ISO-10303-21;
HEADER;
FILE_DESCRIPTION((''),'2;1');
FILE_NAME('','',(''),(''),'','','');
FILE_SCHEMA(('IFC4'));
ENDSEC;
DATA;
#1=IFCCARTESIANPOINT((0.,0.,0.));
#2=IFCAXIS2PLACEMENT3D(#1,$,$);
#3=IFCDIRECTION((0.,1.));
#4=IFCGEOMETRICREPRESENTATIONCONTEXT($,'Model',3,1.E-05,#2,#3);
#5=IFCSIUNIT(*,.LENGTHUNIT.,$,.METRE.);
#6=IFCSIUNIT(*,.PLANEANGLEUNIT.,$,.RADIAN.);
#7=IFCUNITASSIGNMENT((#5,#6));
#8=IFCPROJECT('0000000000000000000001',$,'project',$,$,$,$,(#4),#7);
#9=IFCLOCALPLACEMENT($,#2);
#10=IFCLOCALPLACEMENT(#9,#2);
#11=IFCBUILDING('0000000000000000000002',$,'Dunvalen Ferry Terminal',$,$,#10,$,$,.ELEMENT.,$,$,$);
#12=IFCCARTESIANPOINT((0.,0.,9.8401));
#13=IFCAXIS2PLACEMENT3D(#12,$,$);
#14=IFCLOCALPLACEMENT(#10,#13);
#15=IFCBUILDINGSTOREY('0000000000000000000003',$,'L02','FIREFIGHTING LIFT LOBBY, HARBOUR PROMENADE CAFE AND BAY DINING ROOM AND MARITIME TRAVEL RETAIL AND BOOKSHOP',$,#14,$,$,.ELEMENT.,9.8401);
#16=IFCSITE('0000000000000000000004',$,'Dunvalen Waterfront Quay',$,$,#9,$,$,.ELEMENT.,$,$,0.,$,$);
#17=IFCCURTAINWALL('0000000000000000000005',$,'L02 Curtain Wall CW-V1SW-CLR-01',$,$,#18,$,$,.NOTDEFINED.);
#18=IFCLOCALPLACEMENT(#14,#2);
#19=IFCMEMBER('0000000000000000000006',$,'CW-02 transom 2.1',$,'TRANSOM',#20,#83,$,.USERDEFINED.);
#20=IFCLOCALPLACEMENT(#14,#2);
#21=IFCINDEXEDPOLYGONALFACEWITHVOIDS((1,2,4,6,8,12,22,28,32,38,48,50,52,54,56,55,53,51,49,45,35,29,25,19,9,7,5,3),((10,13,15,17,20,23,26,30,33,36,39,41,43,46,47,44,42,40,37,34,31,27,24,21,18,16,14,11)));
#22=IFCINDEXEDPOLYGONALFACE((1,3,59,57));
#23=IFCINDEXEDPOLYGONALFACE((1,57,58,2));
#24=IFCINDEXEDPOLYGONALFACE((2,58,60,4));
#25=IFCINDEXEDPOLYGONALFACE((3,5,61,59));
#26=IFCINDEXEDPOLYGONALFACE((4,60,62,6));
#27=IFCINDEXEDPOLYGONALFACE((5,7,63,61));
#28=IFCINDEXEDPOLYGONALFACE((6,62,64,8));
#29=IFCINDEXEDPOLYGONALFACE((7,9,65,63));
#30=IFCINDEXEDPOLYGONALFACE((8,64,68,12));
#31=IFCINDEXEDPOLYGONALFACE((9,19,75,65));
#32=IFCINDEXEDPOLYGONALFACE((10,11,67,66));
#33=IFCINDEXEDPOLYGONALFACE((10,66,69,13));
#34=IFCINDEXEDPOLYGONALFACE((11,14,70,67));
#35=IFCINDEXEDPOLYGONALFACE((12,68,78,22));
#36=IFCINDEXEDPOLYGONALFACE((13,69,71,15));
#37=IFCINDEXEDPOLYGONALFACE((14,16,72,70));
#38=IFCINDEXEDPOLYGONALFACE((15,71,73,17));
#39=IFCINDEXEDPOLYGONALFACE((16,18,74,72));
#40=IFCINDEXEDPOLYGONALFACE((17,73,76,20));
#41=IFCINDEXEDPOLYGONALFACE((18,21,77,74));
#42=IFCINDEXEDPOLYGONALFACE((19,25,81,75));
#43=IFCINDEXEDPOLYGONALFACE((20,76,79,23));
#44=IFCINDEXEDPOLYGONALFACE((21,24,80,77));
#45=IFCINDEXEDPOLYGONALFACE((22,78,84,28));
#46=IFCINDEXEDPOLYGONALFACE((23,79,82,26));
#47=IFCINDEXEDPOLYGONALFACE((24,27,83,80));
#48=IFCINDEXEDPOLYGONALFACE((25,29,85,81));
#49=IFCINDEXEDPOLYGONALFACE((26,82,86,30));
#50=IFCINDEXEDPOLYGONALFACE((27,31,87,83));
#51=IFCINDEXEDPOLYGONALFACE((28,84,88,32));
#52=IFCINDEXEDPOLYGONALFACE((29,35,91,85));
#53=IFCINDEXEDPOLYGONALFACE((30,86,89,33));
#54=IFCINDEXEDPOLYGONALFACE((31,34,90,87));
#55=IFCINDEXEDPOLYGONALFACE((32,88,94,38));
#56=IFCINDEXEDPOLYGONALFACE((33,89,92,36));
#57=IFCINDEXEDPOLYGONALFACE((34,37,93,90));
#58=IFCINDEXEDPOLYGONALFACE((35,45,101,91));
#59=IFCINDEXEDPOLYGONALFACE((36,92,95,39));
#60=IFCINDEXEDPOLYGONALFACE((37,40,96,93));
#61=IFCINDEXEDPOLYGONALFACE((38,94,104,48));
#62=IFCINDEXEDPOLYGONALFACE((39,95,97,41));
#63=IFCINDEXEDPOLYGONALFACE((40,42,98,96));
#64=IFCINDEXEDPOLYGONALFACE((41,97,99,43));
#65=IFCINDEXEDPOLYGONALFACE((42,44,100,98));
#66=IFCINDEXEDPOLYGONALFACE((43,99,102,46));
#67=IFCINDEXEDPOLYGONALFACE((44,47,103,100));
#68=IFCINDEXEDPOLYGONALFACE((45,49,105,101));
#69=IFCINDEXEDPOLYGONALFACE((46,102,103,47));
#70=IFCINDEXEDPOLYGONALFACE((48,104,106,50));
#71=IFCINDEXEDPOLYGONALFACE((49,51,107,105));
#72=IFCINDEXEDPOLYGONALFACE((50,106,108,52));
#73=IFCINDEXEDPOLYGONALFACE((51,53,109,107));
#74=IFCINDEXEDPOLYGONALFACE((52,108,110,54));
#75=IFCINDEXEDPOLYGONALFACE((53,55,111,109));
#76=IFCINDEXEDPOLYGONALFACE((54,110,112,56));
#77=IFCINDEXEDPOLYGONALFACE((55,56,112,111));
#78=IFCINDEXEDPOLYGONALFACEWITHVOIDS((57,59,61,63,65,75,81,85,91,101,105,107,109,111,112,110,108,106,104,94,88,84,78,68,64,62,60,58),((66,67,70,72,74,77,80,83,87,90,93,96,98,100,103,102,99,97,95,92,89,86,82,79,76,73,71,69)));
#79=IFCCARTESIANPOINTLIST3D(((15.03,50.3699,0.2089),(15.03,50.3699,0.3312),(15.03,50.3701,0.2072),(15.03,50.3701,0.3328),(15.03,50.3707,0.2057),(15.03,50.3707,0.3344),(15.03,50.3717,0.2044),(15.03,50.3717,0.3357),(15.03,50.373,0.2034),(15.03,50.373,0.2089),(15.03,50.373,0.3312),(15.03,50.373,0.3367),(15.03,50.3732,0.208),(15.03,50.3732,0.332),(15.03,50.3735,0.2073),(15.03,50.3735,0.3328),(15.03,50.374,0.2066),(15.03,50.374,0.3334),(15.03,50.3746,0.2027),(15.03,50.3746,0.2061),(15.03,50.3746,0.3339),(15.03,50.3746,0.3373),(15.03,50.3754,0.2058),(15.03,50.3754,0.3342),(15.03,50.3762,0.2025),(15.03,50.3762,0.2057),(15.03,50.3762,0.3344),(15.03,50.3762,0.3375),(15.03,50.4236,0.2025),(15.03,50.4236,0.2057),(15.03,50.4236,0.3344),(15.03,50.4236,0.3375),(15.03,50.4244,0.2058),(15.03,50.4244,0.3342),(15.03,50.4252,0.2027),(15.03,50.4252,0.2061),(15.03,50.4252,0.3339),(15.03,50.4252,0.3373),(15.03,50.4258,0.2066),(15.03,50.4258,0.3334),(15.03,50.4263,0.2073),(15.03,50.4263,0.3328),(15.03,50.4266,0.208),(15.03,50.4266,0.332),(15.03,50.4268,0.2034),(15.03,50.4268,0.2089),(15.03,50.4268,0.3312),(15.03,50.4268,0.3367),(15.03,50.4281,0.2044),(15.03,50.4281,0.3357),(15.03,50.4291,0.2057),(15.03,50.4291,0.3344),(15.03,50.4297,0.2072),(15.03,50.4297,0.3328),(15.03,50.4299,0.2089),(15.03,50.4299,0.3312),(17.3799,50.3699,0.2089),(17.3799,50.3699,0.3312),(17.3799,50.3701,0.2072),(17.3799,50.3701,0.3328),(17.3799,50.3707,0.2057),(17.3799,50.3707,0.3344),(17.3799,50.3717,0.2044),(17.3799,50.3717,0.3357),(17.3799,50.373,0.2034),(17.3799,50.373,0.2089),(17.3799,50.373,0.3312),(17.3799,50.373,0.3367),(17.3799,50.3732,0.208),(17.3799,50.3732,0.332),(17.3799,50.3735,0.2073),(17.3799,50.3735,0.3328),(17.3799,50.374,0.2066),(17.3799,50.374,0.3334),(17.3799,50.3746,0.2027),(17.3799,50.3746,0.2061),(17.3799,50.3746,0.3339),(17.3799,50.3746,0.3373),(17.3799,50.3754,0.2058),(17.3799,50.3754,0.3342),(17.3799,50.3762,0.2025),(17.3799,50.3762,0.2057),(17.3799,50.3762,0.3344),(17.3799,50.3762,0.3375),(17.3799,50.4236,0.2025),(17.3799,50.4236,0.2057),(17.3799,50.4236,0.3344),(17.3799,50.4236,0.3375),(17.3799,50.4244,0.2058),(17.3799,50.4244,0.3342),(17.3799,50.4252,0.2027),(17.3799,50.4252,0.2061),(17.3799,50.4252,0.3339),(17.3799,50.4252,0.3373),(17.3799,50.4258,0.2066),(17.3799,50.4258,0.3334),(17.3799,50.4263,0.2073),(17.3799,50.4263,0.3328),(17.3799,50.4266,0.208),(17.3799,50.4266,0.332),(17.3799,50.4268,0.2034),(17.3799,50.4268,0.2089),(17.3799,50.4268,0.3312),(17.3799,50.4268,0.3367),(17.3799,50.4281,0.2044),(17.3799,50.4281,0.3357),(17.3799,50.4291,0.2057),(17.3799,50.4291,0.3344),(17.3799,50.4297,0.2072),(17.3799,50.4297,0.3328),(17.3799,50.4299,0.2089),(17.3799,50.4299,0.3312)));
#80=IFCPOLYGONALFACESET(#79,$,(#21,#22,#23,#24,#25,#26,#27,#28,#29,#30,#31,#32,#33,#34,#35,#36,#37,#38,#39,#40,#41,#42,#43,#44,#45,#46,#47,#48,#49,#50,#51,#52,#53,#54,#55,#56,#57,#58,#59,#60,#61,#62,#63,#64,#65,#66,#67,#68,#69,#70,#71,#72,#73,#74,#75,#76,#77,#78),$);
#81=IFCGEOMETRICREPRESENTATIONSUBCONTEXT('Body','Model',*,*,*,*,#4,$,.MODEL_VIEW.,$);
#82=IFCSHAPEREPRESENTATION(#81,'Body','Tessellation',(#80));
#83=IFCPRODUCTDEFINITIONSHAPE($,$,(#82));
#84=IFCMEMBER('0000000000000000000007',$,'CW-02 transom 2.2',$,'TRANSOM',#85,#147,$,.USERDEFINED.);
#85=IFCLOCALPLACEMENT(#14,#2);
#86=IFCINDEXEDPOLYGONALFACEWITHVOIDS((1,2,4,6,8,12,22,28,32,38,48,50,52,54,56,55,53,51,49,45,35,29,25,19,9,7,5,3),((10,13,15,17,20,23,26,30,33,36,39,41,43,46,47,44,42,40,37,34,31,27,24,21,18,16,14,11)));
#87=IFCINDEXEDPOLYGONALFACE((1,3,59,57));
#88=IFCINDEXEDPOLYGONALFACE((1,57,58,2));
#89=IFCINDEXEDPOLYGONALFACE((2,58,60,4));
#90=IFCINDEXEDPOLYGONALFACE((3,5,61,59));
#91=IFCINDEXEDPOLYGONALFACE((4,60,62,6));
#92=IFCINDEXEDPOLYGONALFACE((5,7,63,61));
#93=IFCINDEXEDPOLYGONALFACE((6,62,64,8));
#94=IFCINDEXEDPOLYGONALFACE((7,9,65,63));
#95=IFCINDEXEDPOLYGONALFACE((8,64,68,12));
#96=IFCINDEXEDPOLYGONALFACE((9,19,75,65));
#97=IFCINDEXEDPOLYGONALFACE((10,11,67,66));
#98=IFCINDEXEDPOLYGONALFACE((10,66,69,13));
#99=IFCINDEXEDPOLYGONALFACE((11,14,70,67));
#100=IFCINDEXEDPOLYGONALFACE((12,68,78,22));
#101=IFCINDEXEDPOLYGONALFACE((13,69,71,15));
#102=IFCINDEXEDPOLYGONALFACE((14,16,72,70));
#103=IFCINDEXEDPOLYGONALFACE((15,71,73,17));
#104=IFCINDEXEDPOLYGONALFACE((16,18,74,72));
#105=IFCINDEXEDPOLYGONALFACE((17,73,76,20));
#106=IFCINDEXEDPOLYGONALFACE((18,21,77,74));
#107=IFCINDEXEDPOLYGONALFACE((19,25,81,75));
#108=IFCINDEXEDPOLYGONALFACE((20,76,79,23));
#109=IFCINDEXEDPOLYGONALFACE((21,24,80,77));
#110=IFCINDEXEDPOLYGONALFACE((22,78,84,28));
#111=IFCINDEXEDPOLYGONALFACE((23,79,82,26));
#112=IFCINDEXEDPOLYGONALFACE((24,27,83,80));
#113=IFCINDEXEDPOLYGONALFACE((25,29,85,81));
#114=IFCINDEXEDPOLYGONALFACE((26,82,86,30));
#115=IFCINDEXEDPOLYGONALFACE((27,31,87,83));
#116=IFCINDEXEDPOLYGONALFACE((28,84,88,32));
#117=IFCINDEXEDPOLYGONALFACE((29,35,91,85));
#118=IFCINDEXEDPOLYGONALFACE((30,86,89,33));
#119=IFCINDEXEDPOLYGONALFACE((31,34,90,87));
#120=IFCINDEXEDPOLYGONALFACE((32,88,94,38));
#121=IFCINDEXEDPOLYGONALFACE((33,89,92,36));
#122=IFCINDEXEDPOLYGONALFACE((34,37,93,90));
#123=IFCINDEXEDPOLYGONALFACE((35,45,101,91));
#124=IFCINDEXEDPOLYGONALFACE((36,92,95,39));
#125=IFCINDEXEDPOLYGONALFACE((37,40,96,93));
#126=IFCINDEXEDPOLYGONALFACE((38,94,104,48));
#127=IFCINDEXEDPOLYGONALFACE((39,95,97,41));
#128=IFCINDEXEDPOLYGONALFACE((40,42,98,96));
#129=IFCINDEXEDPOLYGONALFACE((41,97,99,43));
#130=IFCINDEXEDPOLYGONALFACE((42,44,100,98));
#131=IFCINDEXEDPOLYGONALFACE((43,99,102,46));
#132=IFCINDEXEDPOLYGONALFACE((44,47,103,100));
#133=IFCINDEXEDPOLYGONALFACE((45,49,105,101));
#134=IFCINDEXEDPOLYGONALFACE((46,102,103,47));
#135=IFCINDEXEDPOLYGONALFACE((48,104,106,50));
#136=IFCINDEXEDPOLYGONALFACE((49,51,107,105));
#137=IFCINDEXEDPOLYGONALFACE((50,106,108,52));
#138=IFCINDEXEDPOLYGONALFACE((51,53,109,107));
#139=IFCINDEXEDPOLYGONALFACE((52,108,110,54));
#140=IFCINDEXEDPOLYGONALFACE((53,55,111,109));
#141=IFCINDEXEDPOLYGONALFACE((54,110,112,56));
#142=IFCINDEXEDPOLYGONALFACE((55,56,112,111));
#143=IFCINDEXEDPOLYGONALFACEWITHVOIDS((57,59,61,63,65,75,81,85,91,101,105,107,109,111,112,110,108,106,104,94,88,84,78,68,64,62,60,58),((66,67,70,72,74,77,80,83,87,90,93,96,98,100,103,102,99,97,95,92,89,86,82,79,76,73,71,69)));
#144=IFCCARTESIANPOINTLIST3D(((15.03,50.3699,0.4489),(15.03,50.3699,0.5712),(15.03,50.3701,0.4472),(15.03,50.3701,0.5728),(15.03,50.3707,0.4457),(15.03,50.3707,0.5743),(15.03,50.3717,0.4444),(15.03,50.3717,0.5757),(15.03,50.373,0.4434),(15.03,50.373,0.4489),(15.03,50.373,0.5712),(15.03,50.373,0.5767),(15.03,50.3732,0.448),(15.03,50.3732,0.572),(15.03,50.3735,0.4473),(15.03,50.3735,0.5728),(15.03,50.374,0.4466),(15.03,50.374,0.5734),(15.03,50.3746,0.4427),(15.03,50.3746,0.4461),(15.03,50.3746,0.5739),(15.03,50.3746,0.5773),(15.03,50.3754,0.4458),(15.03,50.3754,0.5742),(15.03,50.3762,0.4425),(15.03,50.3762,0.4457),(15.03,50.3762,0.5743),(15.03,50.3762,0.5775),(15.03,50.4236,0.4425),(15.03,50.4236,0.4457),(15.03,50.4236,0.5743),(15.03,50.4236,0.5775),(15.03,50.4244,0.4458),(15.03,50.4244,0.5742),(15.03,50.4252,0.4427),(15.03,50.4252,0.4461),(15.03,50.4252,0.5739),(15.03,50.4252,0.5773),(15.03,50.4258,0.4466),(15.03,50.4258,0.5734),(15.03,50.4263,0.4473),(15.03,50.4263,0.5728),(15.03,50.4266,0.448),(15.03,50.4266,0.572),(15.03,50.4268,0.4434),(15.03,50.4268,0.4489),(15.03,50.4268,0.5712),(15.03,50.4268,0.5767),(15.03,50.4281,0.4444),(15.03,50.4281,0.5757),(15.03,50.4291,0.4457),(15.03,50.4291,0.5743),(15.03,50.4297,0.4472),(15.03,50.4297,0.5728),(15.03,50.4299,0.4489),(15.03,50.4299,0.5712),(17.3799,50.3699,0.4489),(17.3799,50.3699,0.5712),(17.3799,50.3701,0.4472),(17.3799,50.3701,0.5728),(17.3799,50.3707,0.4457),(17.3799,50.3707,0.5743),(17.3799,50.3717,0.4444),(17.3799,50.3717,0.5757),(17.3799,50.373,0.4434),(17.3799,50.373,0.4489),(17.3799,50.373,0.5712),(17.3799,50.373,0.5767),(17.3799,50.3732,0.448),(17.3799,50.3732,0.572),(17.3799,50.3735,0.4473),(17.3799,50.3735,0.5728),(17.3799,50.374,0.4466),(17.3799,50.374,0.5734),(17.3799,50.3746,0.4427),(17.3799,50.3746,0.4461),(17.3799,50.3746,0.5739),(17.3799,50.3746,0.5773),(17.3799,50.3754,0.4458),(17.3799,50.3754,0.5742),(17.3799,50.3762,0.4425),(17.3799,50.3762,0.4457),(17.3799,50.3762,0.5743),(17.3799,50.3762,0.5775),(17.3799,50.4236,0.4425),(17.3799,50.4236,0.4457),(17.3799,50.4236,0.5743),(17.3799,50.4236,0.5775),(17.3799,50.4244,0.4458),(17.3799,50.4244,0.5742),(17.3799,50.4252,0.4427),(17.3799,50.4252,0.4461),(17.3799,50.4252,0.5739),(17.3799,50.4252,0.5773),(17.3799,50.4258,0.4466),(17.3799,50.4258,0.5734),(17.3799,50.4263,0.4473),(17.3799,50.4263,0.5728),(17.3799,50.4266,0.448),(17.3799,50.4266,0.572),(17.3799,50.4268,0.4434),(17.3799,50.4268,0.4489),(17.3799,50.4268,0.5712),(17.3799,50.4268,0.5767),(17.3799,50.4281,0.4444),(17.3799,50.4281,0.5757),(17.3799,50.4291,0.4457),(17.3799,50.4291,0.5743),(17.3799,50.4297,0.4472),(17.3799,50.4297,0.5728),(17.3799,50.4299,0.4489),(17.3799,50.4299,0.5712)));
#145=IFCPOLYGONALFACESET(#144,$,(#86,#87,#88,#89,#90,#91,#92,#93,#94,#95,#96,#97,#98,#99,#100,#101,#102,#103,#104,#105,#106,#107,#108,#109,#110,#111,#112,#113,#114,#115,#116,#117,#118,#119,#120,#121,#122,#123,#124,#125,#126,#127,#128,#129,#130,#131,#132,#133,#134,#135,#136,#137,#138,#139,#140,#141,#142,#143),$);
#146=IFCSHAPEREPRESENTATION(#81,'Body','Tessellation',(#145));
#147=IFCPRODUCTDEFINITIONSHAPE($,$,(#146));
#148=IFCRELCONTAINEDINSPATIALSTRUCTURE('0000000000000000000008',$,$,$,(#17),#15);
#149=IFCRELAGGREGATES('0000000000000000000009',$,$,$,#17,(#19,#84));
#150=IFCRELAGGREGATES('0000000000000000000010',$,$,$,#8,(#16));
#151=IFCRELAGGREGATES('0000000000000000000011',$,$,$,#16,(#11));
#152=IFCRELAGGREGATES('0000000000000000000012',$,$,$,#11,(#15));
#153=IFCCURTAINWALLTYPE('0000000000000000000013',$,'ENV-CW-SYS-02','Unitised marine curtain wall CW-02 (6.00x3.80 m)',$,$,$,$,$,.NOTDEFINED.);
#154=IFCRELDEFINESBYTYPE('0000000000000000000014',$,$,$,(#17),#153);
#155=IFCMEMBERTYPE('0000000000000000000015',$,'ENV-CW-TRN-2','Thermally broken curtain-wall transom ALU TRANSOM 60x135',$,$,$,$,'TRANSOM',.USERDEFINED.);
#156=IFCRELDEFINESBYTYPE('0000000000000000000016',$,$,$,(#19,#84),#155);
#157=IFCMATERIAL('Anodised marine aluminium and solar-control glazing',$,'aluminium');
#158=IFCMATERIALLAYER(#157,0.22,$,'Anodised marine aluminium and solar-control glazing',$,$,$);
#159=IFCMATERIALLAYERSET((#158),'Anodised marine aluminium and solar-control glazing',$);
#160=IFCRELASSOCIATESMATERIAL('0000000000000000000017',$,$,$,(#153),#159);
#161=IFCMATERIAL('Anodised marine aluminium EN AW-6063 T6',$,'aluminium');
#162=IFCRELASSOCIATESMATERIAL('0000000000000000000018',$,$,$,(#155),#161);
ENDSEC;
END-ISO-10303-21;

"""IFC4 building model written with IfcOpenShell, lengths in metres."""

from ifc_helpers import new_model, si_unit, direction, frame, origin, origin_2d, place, context, subcontext, project, spatial, hollow_rectangle, extrude, material, layer, layer_set, material_profile, profile_set, type_object, element, aggregate, save


model = new_model("IFC4")

# Units and contexts
model_context = context("Model", 3, precision=1e-05, world=origin(), true_north=direction((0.0, 1.0)))
body_context = subcontext(model_context, "Body", "Model", "MODEL_VIEW")
ifc_project = project(units=[si_unit("LENGTHUNIT", "METRE"), si_unit("PLANEANGLEUNIT", "RADIAN")], contexts=[model_context])

# Site, building, storey
site_placement = place(None, origin())
site = spatial("IfcSite", under=ifc_project, at=site_placement, Name="Dunvalen Waterfront Quay", CompositionType="ELEMENT", RefElevation=0.0)
building_placement = place(site_placement, origin())
building = spatial("IfcBuilding", under=site, at=building_placement, Name="Dunvalen Ferry Terminal", CompositionType="ELEMENT")
storey_placement = place(building_placement, frame((0.0, 0.0, 9.8401)))
storey = spatial("IfcBuildingStorey", under=building, at=storey_placement, Name="L02", Description="FIREFIGHTING LIFT LOBBY, HARBOUR PROMENADE CAFE AND BAY DINING ROOM AND MARITIME TRAVEL RETAIL AND BOOKSHOP", CompositionType="ELEMENT", Elevation=9.8401)

# Curtain wall
ifc_material_1 = material(Name="Anodised marine aluminium and solar-control glazing", Category="aluminium")
ifc_layer_1 = layer(ifc_material_1, 0.22, Name="Anodised marine aluminium and solar-control glazing")
ifc_layer_set_1 = layer_set([ifc_layer_1], Name="Anodised marine aluminium and solar-control glazing")
curtain_wall_type = type_object("IfcCurtainWallType", Name="ENV-CW-SYS-02", Description="Unitised marine curtain wall CW-02 (6.00x3.80 m)", PredefinedType="NOTDEFINED", material=ifc_layer_set_1)
curtain_wall_1_placement = place(storey_placement, origin())
curtain_wall_1 = element("IfcCurtainWall", 1, at=curtain_wall_1_placement, inside=storey, type_object=curtain_wall_type, Name="L02 Curtain Wall CW-V1SW-CLR-01", PredefinedType="NOTDEFINED")
ifc_material_2 = material(Name="Anodised marine aluminium EN AW-6063 T6", Category="aluminium")

# Members
ifc_material_profile_1 = material_profile(ifc_material_2, hollow_rectangle(XDim=0.0601, YDim=0.135, WallThickness=0.0032, InnerFilletRadius=0.0032, OuterFilletRadius=0.0063, at=origin_2d()), Name="Anodised marine aluminium EN AW-6063 T6")
ifc_profile_set_1 = profile_set([ifc_material_profile_1], Name="Anodised marine aluminium EN AW-6063 T6")
member_type_1 = type_object("IfcMemberType", Name="ENV-CW-TRN-2", Description="Thermally broken curtain-wall transom ALU TRANSOM 60x135", ElementType="TRANSOM", PredefinedType="USERDEFINED", material=ifc_profile_set_1)
member_1_placement = place(storey_placement, frame((15.03, 50.3999, 0.27), z_axis=(1.0, 0.0, 0.0), x_axis=(0.0, 1.0, 0.0)))
member_1 = element("IfcMember", 2, at=member_1_placement, type_object=member_type_1, Name="CW-02 transom 2.1", ObjectType="TRANSOM", PredefinedType="USERDEFINED", context=body_context, shape_type="SweptSolid", body=[
    extrude(hollow_rectangle(XDim=0.0601, YDim=0.135, WallThickness=0.0032, InnerFilletRadius=0.0032, OuterFilletRadius=0.0063, at=origin_2d()), origin(), (0.0, 0.0, 1.0), 2.3499),
])
member_2_placement = place(storey_placement, frame((15.03, 50.3999, 0.51), z_axis=(1.0, 0.0, 0.0), x_axis=(0.0, 1.0, 0.0)))
member_2 = element("IfcMember", 3, at=member_2_placement, type_object=member_type_1, Name="CW-02 transom 2.2", ObjectType="TRANSOM", PredefinedType="USERDEFINED", context=body_context, shape_type="SweptSolid", body=[
    extrude(hollow_rectangle(XDim=0.0601, YDim=0.135, WallThickness=0.0032, InnerFilletRadius=0.0032, OuterFilletRadius=0.0063, at=origin_2d()), origin(), (0.0, 0.0, 1.0), 2.3499),
])

aggregate(curtain_wall_1, [member_1, member_2])

save(model, "model.ifc")
